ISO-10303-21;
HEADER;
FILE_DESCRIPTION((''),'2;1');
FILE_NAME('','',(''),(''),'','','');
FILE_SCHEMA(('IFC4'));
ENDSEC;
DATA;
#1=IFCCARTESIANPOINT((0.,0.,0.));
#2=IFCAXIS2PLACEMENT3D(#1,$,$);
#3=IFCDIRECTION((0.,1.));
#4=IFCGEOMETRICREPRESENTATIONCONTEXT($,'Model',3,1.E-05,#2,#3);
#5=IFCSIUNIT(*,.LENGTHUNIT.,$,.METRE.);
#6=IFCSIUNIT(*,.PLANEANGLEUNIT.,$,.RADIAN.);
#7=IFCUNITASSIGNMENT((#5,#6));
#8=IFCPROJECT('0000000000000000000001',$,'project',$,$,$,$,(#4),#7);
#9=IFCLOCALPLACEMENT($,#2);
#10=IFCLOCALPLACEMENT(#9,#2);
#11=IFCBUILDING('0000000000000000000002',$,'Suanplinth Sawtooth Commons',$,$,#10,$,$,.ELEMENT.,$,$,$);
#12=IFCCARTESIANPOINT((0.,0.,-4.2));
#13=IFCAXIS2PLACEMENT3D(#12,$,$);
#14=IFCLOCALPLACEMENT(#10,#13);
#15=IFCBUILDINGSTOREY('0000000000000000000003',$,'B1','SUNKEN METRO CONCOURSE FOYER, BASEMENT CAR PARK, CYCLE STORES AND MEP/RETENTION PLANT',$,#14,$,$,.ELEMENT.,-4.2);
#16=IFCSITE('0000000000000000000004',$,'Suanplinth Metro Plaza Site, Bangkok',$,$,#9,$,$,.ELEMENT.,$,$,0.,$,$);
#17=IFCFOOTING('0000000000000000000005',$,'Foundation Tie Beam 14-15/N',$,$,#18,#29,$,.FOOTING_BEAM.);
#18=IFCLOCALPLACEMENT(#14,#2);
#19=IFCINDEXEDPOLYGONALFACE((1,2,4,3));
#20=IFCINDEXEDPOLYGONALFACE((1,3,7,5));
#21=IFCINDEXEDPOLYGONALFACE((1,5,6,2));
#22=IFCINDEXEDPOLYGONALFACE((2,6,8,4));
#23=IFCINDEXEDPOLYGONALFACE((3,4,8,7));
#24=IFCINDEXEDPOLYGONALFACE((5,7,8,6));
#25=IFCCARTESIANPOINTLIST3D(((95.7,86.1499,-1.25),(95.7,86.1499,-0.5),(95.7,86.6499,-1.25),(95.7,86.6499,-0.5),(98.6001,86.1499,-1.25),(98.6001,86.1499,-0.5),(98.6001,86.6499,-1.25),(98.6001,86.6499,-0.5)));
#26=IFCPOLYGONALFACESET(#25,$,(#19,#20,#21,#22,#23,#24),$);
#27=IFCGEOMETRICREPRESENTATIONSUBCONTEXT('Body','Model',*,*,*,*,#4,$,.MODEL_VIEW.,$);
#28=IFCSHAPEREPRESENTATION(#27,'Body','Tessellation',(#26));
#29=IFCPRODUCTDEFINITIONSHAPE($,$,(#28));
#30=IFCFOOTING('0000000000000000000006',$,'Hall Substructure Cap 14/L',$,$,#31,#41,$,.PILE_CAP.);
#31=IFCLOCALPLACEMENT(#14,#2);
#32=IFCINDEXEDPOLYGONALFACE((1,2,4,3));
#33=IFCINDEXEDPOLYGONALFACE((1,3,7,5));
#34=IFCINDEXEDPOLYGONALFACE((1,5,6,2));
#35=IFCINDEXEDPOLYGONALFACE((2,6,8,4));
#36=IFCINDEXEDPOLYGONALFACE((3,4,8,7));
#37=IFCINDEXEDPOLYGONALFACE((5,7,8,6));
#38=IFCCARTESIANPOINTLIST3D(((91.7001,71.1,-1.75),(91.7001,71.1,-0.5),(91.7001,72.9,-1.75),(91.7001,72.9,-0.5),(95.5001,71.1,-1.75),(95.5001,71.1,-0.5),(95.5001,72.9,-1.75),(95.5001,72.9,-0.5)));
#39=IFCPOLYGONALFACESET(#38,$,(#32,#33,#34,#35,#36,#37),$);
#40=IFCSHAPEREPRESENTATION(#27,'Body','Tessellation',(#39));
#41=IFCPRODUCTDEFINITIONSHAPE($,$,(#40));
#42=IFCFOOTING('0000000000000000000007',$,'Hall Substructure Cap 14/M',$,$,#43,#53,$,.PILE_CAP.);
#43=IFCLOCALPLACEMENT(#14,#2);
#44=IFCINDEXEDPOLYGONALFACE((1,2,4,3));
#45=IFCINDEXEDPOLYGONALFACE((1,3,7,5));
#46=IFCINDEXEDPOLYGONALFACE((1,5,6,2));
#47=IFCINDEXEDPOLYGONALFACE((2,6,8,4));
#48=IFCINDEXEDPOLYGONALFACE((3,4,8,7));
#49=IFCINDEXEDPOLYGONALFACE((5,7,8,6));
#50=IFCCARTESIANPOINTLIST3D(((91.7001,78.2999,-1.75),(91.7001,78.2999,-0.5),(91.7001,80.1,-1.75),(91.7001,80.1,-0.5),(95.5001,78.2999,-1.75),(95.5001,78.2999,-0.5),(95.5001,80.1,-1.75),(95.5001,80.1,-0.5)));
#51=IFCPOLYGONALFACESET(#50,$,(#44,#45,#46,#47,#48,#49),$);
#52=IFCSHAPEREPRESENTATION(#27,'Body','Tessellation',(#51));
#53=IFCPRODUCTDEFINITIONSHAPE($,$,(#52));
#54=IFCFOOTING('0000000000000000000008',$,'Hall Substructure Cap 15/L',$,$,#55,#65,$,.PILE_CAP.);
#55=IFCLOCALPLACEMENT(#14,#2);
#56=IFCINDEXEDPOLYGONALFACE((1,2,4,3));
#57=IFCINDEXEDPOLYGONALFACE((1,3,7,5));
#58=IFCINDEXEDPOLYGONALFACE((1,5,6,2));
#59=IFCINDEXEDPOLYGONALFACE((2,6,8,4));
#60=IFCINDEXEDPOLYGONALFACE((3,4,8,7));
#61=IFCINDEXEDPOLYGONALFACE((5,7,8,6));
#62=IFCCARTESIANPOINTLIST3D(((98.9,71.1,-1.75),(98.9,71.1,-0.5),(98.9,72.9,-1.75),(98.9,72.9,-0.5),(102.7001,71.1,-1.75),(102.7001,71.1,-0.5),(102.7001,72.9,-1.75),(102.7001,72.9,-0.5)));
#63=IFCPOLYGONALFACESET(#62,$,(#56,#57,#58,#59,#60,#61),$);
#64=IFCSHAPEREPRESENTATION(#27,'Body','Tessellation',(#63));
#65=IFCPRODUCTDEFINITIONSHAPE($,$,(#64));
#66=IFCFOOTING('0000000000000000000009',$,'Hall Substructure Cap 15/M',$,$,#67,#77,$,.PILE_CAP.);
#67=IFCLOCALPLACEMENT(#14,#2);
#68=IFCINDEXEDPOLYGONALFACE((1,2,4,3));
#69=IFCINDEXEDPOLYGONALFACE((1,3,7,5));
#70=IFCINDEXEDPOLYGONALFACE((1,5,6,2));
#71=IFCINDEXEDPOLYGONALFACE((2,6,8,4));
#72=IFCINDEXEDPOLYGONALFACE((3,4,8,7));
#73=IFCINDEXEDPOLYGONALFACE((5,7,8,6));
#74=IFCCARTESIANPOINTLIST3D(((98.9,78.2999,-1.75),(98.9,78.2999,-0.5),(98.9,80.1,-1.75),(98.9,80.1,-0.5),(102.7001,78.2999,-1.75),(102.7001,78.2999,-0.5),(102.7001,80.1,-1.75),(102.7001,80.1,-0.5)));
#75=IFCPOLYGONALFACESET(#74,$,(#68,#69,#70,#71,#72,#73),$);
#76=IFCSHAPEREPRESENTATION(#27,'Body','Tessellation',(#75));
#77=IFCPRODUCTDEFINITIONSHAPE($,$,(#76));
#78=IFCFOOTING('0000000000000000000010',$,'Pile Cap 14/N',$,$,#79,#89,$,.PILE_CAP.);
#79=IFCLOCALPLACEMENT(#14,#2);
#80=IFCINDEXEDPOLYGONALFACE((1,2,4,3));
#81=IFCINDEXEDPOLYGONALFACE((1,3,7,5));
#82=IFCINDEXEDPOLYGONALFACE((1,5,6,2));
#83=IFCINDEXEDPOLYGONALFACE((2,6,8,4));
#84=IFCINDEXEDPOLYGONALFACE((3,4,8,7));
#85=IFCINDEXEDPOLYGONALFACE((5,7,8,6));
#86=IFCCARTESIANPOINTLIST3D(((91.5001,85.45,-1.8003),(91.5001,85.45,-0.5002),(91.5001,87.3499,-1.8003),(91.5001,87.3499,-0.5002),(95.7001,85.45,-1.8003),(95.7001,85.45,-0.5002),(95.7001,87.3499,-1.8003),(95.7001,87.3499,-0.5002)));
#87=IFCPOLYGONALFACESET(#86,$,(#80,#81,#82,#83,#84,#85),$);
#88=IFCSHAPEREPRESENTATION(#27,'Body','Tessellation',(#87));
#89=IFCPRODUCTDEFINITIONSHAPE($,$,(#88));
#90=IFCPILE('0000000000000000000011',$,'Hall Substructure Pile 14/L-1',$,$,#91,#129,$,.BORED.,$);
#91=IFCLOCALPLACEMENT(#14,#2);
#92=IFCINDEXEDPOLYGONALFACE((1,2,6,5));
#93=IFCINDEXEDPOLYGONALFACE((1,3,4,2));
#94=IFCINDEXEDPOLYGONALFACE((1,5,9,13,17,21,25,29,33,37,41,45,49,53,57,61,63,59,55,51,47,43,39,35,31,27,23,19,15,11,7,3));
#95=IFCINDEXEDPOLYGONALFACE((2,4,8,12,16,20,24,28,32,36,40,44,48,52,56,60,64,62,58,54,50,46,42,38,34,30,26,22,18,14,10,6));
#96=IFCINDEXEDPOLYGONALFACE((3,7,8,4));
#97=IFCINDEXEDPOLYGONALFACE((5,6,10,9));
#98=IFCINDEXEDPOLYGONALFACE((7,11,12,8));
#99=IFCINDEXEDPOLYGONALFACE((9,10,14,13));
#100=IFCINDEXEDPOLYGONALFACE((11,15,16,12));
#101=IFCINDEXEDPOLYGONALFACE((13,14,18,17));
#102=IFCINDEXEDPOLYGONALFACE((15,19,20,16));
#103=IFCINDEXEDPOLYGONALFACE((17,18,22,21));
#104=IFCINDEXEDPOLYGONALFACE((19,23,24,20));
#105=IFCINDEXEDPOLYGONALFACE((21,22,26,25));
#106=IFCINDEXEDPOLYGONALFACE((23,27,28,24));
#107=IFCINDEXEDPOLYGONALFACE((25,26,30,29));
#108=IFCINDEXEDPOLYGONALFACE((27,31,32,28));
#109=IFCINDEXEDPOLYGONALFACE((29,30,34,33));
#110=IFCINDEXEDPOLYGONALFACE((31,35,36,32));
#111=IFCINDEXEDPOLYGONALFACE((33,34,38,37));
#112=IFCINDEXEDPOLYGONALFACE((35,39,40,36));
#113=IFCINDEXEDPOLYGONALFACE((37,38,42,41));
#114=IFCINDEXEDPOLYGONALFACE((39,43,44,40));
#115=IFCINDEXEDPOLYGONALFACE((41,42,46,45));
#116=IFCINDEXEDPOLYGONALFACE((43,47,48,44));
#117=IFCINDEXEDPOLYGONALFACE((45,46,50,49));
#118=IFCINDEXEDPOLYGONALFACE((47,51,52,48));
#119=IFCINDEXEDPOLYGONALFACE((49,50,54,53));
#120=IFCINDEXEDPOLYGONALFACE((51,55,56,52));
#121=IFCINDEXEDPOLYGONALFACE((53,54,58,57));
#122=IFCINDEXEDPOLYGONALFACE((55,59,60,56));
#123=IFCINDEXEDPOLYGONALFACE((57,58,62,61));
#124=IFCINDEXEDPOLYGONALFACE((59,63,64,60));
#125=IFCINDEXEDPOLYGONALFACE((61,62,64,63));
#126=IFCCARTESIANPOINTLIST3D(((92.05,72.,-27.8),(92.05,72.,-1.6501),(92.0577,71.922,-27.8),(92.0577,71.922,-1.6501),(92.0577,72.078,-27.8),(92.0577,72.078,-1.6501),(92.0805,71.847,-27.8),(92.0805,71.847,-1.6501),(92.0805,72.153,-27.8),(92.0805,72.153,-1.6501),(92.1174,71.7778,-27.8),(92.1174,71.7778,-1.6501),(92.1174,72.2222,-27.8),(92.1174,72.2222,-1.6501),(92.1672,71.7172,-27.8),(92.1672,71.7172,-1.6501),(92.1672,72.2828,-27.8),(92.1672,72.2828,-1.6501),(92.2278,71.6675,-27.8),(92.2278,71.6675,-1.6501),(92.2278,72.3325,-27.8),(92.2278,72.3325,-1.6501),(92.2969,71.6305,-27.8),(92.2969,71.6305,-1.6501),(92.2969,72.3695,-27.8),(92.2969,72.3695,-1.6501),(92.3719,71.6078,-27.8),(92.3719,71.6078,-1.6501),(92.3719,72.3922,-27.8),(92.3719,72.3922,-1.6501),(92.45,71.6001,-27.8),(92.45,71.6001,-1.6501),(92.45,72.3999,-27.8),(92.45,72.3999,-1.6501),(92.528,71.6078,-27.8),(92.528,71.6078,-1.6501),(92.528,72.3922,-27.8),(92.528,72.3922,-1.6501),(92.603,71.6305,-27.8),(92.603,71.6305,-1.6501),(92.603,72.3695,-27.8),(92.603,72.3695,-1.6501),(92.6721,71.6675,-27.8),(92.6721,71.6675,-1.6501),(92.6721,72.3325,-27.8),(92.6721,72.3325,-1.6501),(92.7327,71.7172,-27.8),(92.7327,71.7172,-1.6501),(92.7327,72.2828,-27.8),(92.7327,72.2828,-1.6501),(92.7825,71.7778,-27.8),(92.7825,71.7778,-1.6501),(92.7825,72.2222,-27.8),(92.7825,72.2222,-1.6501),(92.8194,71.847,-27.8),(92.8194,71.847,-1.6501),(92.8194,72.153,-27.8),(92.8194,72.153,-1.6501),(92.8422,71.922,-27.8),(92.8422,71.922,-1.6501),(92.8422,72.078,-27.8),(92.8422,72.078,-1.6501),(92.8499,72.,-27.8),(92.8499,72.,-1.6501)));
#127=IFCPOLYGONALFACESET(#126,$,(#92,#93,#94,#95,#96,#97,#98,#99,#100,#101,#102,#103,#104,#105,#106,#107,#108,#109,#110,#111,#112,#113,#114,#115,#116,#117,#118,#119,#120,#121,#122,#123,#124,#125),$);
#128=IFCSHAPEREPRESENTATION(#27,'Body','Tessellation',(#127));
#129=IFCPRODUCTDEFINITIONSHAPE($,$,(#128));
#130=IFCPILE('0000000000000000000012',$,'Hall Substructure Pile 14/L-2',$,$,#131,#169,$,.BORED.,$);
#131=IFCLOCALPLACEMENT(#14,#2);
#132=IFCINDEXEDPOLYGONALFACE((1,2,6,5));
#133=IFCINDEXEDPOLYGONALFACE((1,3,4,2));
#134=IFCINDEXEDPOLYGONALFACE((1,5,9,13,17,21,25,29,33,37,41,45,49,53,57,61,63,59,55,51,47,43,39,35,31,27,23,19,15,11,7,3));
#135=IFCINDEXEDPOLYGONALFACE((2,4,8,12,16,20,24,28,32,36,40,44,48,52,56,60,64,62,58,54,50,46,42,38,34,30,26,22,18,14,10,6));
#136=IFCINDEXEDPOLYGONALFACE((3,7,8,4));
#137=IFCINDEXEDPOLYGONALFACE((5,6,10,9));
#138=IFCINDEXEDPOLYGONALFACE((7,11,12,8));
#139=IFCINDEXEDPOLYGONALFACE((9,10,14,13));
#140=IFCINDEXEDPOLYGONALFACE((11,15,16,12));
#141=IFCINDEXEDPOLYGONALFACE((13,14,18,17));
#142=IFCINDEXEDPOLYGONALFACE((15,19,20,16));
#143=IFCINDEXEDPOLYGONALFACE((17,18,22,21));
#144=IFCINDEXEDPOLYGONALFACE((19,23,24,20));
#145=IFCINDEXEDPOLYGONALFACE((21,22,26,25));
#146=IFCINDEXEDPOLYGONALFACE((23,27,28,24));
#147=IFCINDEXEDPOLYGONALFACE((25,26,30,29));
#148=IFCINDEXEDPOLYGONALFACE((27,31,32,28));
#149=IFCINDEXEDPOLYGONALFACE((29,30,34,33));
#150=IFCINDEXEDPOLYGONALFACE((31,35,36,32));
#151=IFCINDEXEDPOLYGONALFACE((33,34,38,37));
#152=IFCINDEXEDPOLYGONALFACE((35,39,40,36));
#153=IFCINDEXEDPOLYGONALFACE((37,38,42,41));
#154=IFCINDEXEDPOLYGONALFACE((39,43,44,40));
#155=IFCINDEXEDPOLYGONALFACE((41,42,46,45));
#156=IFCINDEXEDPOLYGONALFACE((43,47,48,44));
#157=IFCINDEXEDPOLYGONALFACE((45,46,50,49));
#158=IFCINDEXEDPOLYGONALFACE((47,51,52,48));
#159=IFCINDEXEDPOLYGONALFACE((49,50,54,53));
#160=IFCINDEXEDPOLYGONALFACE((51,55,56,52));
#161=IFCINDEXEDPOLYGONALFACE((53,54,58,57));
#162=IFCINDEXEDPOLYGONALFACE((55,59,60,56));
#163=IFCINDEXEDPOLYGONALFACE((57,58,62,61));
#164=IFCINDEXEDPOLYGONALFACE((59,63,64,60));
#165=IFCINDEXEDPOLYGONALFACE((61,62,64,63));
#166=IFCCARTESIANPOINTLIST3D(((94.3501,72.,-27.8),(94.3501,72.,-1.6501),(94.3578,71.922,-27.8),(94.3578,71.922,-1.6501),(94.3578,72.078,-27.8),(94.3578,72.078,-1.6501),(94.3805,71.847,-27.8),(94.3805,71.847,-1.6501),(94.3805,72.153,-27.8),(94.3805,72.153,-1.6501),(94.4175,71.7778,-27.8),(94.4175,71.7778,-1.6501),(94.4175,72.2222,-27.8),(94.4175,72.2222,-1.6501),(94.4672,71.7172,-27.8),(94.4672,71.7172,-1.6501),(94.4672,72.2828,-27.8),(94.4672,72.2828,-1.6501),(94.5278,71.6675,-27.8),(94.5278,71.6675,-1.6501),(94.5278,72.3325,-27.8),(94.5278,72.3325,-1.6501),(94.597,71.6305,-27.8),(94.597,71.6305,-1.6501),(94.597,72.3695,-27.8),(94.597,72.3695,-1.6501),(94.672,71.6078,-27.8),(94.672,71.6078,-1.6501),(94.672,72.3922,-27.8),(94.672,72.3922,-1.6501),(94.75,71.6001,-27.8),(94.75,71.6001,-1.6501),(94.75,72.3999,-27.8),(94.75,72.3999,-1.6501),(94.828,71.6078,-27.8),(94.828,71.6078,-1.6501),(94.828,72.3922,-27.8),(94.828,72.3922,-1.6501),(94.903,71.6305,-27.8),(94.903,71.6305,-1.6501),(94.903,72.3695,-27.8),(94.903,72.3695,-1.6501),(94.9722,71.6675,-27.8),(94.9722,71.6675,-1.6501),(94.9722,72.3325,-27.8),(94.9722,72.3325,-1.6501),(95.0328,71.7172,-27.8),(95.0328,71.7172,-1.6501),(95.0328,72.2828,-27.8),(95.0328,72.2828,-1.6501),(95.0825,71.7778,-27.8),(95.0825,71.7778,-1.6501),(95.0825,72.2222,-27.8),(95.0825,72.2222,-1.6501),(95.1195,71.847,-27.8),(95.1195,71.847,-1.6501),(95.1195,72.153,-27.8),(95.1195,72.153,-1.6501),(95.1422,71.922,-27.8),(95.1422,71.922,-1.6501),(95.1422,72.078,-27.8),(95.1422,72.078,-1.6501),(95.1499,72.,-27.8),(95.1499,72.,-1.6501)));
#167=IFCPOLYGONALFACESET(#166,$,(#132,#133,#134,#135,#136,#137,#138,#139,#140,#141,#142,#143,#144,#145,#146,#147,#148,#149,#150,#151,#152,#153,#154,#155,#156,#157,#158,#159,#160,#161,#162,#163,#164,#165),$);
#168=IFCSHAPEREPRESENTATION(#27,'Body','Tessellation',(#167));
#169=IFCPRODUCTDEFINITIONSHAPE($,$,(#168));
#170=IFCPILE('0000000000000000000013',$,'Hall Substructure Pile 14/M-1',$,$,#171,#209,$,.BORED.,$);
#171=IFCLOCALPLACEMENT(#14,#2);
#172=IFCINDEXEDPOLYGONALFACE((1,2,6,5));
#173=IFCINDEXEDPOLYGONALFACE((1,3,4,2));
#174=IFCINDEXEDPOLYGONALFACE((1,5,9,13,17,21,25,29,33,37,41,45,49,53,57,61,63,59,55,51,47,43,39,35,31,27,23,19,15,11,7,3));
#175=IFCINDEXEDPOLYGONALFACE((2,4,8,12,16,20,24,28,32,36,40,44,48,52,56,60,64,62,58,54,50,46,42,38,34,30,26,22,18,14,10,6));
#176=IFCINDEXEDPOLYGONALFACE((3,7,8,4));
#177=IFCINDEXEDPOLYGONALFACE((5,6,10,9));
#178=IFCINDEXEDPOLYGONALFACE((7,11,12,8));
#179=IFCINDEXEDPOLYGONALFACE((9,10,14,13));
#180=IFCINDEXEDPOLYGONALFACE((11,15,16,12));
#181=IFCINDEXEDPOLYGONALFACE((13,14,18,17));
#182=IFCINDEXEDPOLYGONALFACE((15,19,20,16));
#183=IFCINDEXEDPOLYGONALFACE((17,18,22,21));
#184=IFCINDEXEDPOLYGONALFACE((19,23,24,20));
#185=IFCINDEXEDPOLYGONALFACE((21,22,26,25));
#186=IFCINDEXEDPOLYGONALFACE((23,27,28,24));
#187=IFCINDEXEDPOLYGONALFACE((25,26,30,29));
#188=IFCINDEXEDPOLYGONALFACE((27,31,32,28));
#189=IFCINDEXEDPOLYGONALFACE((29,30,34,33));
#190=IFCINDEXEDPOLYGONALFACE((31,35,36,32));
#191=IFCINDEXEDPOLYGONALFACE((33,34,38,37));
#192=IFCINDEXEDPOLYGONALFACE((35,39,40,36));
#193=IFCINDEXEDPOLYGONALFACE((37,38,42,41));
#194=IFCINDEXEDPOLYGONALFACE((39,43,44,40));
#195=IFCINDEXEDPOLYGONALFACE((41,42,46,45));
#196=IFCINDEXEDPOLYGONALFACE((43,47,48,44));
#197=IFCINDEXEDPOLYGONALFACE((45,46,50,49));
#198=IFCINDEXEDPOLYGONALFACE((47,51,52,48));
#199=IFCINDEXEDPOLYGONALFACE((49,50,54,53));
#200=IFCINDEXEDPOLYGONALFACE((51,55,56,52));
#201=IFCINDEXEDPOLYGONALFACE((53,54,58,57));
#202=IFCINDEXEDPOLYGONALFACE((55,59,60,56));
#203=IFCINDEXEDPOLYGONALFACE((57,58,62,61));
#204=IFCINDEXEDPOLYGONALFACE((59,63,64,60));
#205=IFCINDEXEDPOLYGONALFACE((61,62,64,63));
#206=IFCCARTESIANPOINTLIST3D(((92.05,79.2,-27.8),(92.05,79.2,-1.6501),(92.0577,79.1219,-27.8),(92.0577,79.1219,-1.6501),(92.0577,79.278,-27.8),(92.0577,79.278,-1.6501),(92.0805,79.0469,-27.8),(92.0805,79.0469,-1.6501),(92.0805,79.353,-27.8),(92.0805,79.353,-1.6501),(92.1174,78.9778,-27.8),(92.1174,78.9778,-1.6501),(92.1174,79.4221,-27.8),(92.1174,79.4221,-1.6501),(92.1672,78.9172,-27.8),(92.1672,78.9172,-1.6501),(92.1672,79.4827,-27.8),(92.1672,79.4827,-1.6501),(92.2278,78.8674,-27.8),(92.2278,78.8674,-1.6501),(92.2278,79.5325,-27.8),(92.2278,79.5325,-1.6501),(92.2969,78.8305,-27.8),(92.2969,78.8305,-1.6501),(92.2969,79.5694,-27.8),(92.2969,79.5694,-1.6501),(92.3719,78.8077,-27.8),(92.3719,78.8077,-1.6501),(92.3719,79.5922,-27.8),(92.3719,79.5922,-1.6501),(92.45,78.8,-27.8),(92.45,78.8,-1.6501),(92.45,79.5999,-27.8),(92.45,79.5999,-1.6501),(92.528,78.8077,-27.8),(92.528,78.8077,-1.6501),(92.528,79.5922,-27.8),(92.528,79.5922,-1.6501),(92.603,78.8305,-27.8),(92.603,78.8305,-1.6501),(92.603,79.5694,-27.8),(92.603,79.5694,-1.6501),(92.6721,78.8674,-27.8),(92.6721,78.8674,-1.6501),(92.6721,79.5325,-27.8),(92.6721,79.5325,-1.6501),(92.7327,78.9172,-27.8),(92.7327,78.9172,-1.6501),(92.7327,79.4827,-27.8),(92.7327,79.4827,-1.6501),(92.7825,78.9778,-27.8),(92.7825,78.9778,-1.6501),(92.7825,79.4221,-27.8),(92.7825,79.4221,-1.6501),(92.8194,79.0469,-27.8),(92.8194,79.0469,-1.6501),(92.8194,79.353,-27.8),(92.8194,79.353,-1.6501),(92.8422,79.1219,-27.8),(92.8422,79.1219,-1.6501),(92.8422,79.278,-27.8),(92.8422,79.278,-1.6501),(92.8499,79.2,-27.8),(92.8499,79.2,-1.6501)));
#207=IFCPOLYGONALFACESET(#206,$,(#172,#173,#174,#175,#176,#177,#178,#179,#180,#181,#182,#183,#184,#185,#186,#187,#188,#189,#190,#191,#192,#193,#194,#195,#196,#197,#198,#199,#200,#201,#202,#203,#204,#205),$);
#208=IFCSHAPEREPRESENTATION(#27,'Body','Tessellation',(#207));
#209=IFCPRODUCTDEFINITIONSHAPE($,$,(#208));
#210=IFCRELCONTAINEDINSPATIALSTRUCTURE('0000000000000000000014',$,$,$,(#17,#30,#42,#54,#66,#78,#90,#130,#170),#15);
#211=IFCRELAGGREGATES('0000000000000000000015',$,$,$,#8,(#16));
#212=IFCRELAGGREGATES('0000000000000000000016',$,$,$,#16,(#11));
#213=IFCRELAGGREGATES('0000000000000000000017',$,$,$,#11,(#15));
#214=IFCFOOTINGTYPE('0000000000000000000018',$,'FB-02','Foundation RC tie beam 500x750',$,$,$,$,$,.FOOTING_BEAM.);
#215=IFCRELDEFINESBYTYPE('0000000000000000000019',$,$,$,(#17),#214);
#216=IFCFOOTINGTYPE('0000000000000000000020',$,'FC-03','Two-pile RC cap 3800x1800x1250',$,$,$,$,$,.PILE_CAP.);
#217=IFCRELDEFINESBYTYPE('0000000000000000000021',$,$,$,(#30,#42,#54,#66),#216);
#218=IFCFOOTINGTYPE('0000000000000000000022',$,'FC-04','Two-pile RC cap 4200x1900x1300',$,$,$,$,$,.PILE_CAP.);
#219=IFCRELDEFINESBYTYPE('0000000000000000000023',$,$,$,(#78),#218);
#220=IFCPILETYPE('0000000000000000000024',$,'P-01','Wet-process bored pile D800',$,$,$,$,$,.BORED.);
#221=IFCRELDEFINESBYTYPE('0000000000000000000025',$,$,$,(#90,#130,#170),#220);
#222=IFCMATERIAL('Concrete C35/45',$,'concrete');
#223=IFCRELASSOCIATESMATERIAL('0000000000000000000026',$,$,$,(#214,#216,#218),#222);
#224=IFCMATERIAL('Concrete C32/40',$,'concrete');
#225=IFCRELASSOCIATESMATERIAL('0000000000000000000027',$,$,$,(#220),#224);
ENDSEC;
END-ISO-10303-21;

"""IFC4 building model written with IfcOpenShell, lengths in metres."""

from ifc_helpers import new_model, si_unit, direction, frame, origin, origin_2d, place, context, subcontext, project, spatial, rectangle, circle, extrude, material, material_profile, profile_set, type_object, element, save


model = new_model("IFC4")

# Units and contexts
model_context = context("Model", 3, precision=1e-05, world=origin(), true_north=direction((0.0, 1.0)))
body_context = subcontext(model_context, "Body", "Model", "MODEL_VIEW")
ifc_project = project(units=[si_unit("LENGTHUNIT", "METRE"), si_unit("PLANEANGLEUNIT", "RADIAN")], contexts=[model_context])

# Site, building, storey
site_placement = place(None, origin())
site = spatial("IfcSite", under=ifc_project, at=site_placement, Name="Suanplinth Metro Plaza Site, Bangkok", CompositionType="ELEMENT", RefElevation=0.0)
building_placement = place(site_placement, origin())
building = spatial("IfcBuilding", under=site, at=building_placement, Name="Suanplinth Sawtooth Commons", CompositionType="ELEMENT")
storey_placement = place(building_placement, frame((0.0, 0.0, -4.2)))
storey = spatial("IfcBuildingStorey", under=building, at=storey_placement, Name="B1", Description="SUNKEN METRO CONCOURSE FOYER, BASEMENT CAR PARK, CYCLE STORES AND MEP/RETENTION PLANT", CompositionType="ELEMENT", Elevation=-4.2)

# Footings
ifc_material_1 = material(Name="Concrete C35/45", Category="concrete")
ifc_material_profile_1 = material_profile(ifc_material_1, rectangle(XDim=0.5, YDim=0.75, at=origin_2d()), Name="RC-GDR 500x750")
ifc_profile_set_1 = profile_set([ifc_material_profile_1], Name="Concrete C35/45")
footing_type_1 = type_object("IfcFootingType", Name="FB-02", Description="Foundation RC tie beam 500x750", PredefinedType="FOOTING_BEAM", material=ifc_profile_set_1)
footing_1_placement = place(storey_placement, frame((95.7, 86.3999, -0.875), z_axis=(1.0, 0.0, 0.0), x_axis=(0.0, 1.0, 0.0)))
element("IfcFooting", 1, at=footing_1_placement, inside=storey, type_object=footing_type_1, Name="Foundation Tie Beam 14-15/N", PredefinedType="FOOTING_BEAM", context=body_context, shape_type="SweptSolid", body=[
    extrude(rectangle(XDim=0.5, YDim=0.75, at=origin_2d()), origin(), (0.0, 0.0, 1.0), 2.9001),
])
footing_type_2 = type_object("IfcFootingType", Name="FC-03", Description="Two-pile RC cap 3800x1800x1250", PredefinedType="PILE_CAP", material=ifc_material_1)
for number, where, z_axis, x_axis, name in (
    (2, (93.6001, 72.0, -1.75), (0.0, 0.0, 1.0), (1.0, 0.0, 0.0), "Hall Substructure Cap 14/L"),
    (3, (93.6001, 79.2, -1.75), (0.0, 0.0, 1.0), (1.0, 0.0, 0.0), "Hall Substructure Cap 14/M"),
    (4, (100.8, 72.0, -1.75), (0.0, 0.0, 1.0), (1.0, 0.0, 0.0), "Hall Substructure Cap 15/L"),
    (5, (100.8, 79.2, -1.75), (0.0, 0.0, 1.0), (1.0, 0.0, 0.0), "Hall Substructure Cap 15/M"),
):
    element("IfcFooting", number, at=place(storey_placement, frame(where, z_axis=z_axis, x_axis=x_axis)), inside=storey, type_object=footing_type_2, Name=name, PredefinedType="PILE_CAP", context=body_context, shape_type="SweptSolid", body=[
        extrude(rectangle(XDim=3.8, YDim=1.8, at=origin_2d()), origin(), (0.0, 0.0, 1.0), 1.25),
    ])
footing_type_3 = type_object("IfcFootingType", Name="FC-04", Description="Two-pile RC cap 4200x1900x1300", PredefinedType="PILE_CAP", material=ifc_material_1)
footing_2_placement = place(storey_placement, frame((93.6001, 86.3999, -1.8003), z_axis=(0.0, 0.0, 1.0), x_axis=(1.0, 0.0, 0.0)))
element("IfcFooting", 6, at=footing_2_placement, inside=storey, type_object=footing_type_3, Name="Pile Cap 14/N", PredefinedType="PILE_CAP", context=body_context, shape_type="SweptSolid", body=[
    extrude(rectangle(XDim=4.2, YDim=1.8999, at=origin_2d()), origin(), (0.0, 0.0, 1.0), 1.3),
])

# Piles
ifc_material_2 = material(Name="Concrete C32/40", Category="concrete")
ifc_material_profile_2 = material_profile(ifc_material_2, circle(Radius=0.3999, at=origin_2d()), Name="PILE D800")
ifc_profile_set_2 = profile_set([ifc_material_profile_2], Name="Concrete C32/40")
pile_type_1 = type_object("IfcPileType", Name="P-01", Description="Wet-process bored pile D800", PredefinedType="BORED", material=ifc_profile_set_2)
for number, where, z_axis, x_axis, name in (
    (7, (92.45, 72.0, -1.6501), (0.0, 0.0, -1.0), (1.0, 0.0, 0.0), "Hall Substructure Pile 14/L-1"),
    (8, (94.75, 72.0, -1.6501), (0.0, 0.0, -1.0), (1.0, 0.0, 0.0), "Hall Substructure Pile 14/L-2"),
    (9, (92.45, 79.2, -1.6501), (0.0, 0.0, -1.0), (1.0, 0.0, 0.0), "Hall Substructure Pile 14/M-1"),
):
    element("IfcPile", number, at=place(storey_placement, frame(where, z_axis=z_axis, x_axis=x_axis)), inside=storey, type_object=pile_type_1, Name=name, PredefinedType="BORED", context=body_context, shape_type="SweptSolid", body=[
        extrude(circle(Radius=0.3999, at=origin_2d()), origin(), (0.0, 0.0, 1.0), 26.1499),
    ])

save(model, "model.ifc")
